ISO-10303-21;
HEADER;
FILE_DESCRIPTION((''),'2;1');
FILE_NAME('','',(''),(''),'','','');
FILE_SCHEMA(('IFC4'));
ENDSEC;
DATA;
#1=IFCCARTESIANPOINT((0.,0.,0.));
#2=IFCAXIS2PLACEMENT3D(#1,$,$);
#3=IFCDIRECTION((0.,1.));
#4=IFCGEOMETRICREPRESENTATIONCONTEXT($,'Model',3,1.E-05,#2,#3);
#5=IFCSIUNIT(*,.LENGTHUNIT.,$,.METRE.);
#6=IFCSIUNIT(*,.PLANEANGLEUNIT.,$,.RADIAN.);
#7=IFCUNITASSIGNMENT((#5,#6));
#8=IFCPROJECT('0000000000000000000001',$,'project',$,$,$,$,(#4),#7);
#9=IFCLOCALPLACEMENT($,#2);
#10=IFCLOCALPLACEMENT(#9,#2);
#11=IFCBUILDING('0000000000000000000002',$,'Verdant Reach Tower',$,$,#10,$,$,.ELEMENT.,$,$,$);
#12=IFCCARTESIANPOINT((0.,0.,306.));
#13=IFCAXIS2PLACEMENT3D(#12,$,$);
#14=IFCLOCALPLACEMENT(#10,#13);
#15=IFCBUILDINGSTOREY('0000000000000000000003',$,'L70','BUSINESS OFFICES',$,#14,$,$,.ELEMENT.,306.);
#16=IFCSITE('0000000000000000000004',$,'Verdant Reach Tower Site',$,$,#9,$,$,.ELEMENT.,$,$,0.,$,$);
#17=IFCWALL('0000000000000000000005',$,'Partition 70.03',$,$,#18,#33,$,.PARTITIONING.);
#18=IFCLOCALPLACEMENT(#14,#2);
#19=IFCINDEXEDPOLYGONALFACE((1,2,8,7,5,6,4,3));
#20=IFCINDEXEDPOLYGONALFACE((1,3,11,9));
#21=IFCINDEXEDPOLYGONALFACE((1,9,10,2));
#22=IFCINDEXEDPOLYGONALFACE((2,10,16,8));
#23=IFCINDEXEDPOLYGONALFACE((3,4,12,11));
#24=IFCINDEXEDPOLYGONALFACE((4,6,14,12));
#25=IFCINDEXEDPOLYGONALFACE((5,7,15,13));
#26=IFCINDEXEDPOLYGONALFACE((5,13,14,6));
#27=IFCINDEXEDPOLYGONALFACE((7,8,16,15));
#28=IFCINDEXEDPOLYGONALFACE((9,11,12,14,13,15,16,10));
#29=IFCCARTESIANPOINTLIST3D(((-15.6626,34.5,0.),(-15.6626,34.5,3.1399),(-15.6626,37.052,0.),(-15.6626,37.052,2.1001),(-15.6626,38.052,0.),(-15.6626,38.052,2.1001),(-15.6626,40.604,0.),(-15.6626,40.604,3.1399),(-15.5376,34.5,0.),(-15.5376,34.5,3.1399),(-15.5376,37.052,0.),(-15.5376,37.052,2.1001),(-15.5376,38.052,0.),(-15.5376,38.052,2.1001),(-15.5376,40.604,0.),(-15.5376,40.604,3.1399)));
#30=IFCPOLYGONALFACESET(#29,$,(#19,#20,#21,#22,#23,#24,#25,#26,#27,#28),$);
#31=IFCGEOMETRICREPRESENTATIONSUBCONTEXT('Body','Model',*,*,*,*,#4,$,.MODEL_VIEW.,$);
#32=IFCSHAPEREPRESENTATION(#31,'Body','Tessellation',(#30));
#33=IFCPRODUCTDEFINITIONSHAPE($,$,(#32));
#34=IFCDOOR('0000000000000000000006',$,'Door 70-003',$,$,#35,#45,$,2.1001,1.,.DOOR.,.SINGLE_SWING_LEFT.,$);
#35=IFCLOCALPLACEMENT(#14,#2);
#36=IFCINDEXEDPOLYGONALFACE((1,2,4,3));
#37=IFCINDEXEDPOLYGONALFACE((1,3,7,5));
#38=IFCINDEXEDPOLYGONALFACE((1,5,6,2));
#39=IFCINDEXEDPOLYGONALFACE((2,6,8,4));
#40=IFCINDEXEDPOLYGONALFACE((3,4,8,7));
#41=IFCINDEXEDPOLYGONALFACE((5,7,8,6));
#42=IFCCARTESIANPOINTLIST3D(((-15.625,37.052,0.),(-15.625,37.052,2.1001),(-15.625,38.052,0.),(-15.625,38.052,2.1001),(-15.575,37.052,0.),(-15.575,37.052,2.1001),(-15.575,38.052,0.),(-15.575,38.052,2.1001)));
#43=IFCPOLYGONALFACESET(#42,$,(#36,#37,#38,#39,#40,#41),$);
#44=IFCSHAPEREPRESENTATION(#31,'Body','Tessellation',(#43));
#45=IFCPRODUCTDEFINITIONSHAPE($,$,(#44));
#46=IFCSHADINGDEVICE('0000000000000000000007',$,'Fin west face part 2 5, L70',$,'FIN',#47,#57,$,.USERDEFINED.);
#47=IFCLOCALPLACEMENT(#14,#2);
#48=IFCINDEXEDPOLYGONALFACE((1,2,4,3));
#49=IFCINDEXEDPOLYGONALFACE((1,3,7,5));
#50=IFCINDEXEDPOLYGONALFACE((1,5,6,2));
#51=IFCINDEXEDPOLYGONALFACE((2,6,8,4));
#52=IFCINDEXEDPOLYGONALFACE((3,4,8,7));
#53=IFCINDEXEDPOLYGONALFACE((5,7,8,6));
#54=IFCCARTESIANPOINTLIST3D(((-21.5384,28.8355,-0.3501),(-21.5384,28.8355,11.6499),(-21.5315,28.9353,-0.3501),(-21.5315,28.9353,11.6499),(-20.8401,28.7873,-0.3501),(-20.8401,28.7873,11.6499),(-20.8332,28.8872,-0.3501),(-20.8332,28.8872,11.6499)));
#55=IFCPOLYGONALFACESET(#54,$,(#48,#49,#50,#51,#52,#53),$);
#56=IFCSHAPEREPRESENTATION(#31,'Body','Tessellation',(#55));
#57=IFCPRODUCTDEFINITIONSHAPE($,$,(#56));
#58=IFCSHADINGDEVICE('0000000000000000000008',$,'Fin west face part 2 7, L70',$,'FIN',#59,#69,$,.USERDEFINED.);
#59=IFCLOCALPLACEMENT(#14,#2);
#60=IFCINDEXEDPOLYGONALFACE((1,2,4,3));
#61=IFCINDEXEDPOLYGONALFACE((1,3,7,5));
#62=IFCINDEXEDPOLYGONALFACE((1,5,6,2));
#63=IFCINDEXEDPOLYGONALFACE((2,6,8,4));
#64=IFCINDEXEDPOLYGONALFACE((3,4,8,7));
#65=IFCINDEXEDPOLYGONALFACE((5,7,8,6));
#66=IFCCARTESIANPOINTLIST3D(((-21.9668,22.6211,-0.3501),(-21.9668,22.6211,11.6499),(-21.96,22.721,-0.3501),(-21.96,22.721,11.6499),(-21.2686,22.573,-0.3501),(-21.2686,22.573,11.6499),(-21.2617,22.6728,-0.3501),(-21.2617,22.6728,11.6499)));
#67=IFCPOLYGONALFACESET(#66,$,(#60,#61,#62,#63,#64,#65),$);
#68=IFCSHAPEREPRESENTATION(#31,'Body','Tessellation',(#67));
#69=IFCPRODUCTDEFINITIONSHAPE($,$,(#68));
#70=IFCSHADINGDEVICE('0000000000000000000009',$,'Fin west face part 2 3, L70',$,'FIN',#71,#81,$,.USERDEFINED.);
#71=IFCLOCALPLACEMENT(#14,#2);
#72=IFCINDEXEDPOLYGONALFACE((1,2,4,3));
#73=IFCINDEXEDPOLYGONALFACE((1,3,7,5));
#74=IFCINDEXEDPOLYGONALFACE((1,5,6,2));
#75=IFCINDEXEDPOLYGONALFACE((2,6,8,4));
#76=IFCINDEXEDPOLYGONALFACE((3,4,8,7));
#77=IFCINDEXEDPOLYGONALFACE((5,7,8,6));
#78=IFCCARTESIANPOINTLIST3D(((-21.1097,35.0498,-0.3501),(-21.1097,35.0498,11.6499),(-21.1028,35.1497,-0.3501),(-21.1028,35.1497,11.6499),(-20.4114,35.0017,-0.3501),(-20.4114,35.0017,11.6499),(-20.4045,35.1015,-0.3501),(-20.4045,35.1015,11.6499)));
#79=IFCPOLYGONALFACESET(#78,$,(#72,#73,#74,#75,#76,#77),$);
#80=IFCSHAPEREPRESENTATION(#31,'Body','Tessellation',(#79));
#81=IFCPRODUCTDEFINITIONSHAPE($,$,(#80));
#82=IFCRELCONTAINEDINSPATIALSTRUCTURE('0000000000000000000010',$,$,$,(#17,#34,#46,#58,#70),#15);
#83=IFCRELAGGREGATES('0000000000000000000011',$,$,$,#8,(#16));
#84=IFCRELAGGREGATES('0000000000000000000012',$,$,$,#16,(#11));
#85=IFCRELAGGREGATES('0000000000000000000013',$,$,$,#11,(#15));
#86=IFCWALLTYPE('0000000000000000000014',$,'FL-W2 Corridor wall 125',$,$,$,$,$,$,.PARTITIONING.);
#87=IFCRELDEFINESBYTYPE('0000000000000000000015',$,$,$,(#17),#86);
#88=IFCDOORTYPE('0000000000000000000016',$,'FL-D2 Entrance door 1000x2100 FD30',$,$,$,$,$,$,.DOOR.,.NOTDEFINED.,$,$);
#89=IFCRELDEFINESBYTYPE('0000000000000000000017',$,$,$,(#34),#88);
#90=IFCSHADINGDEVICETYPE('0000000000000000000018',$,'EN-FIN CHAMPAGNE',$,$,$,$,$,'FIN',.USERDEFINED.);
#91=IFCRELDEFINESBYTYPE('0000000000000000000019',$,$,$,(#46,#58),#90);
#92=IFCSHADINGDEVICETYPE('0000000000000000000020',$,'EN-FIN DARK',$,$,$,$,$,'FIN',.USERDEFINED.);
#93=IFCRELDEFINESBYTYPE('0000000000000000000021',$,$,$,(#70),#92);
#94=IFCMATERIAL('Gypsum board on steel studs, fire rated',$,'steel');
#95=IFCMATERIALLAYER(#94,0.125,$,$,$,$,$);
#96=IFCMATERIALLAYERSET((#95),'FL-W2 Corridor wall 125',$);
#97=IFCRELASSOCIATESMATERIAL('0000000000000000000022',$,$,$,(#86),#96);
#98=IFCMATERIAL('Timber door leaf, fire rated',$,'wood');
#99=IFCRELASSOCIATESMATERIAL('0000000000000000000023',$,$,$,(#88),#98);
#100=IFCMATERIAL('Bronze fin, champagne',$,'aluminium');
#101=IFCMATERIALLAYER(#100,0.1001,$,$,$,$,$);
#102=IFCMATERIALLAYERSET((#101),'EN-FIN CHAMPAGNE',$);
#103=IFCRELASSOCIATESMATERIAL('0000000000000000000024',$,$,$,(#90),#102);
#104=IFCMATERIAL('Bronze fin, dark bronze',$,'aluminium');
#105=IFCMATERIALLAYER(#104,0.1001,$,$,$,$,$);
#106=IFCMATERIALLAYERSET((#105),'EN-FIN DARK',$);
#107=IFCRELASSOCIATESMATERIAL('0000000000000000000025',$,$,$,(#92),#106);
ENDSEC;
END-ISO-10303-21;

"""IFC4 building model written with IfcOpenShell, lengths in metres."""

from ifc_helpers import new_model, si_unit, direction, frame, frame_2d, origin, origin_2d, place, context, subcontext, project, spatial, rectangle, extrude, material, layer, layer_set, type_object, element, fill, save


model = new_model("IFC4")

# Units and contexts
model_context = context("Model", 3, precision=1e-05, world=origin(), true_north=direction((0.0, 1.0)))
body_context = subcontext(model_context, "Body", "Model", "MODEL_VIEW")
ifc_project = project(units=[si_unit("LENGTHUNIT", "METRE"), si_unit("PLANEANGLEUNIT", "RADIAN")], contexts=[model_context])

# Site, building, storey
site_placement = place(None, origin())
site = spatial("IfcSite", under=ifc_project, at=site_placement, Name="Verdant Reach Tower Site", CompositionType="ELEMENT", RefElevation=0.0)
building_placement = place(site_placement, origin())
building = spatial("IfcBuilding", under=site, at=building_placement, Name="Verdant Reach Tower", CompositionType="ELEMENT")
storey_placement = place(building_placement, frame((0.0, 0.0, 306.0)))
storey = spatial("IfcBuildingStorey", under=building, at=storey_placement, Name="L70", Description="BUSINESS OFFICES", CompositionType="ELEMENT", Elevation=306.0)

# Wall, opening, door
ifc_material_1 = material(Name="Gypsum board on steel studs, fire rated", Category="steel")
ifc_layer_1 = layer(ifc_material_1, 0.125)
ifc_layer_set_1 = layer_set([ifc_layer_1], Name="FL-W2 Corridor wall 125")
wall_type_1 = type_object("IfcWallType", Name="FL-W2 Corridor wall 125", PredefinedType="PARTITIONING", material=ifc_layer_set_1)
ifc_material_2 = material(Name="Timber door leaf, fire rated", Category="wood")
door_type = type_object("IfcDoorType", Name="FL-D2 Entrance door 1000x2100 FD30", OperationType="NOTDEFINED", PredefinedType="DOOR", material=ifc_material_2)
wall_1_placement = place(storey_placement, frame((-15.6001, 34.5, 0.0), z_axis=(0.0, 0.0, 1.0), x_axis=(0.0, 1.0, 0.0)))
wall_1 = element("IfcWall", 1, at=wall_1_placement, inside=storey, type_object=wall_type_1, Name="Partition 70.03", PredefinedType="PARTITIONING", context=body_context, shape_type="SweptSolid", body=[
    extrude(rectangle(XDim=6.104, YDim=0.125, at=frame_2d((3.052, 0.0))), origin(), (0.0, 0.0, 1.0), 3.1399),
])
opening_1_placement = place(wall_1_placement, frame((2.552, 0.0, 0.0)))
opening_1 = element("IfcOpeningElement", 2, at=opening_1_placement, cuts=wall_1, PredefinedType="OPENING", context=body_context, shape_type="SweptSolid", body=[
    extrude(rectangle(XDim=1.0, YDim=2.1001, at=frame_2d((0.5, 1.05))), frame((0.0, 0.0725, 0.0), z_axis=(0.0, -1.0, 0.0), x_axis=(1.0, 0.0, 0.0)), (0.0, 0.0, 1.0), 0.145),
])
door_1_placement = place(opening_1_placement, origin())
door_1 = element("IfcDoor", 3, at=door_1_placement, inside=storey, type_object=door_type, Name="Door 70-003", OperationType="SINGLE_SWING_LEFT", OverallHeight=2.1001, OverallWidth=1.0, PredefinedType="DOOR", context=body_context, shape_type="SweptSolid", body=[
    extrude(rectangle(XDim=1.0, YDim=2.1001, at=frame_2d((0.5, 1.05))), frame((0.0, 0.0249, 0.0), z_axis=(0.0, -1.0, 0.0), x_axis=(1.0, 0.0, 0.0)), (0.0, 0.0, 1.0), 0.05),
])
fill(opening_1, door_1)

# Shading devices
ifc_material_3 = material(Name="Bronze fin, champagne", Category="aluminium")
ifc_layer_2 = layer(ifc_material_3, 0.1001)
ifc_layer_set_2 = layer_set([ifc_layer_2], Name="EN-FIN CHAMPAGNE")
shading_device_type_1 = type_object("IfcShadingDeviceType", Name="EN-FIN CHAMPAGNE", ElementType="FIN", PredefinedType="USERDEFINED", material=ifc_layer_set_2)
for number, where, z_axis, x_axis, name in (
    (4, (-21.1858, 28.8613, -0.3501), (0.0, 0.0, 1.0), (-0.068802, -0.99763, 0.0), "Fin west face part 2 5, L70"),
    (5, (-21.6143, 22.647, -0.3501), (0.0, 0.0, 1.0), (-0.068802, -0.99763, 0.0), "Fin west face part 2 7, L70"),
):
    element("IfcShadingDevice", number, at=place(storey_placement, frame(where, z_axis=z_axis, x_axis=x_axis)), inside=storey, type_object=shading_device_type_1, Name=name, ObjectType="FIN", PredefinedType="USERDEFINED", context=body_context, shape_type="SweptSolid", body=[
        extrude(rectangle(XDim=0.1001, YDim=0.7, at=origin_2d()), origin(), (0.0, 0.0, 1.0), 12.0),
    ])
ifc_material_4 = material(Name="Bronze fin, dark bronze", Category="aluminium")
ifc_layer_3 = layer(ifc_material_4, 0.1001)
ifc_layer_set_3 = layer_set([ifc_layer_3], Name="EN-FIN DARK")
shading_device_type_2 = type_object("IfcShadingDeviceType", Name="EN-FIN DARK", ElementType="FIN", PredefinedType="USERDEFINED", material=ifc_layer_set_3)
shading_device_placement = place(storey_placement, frame((-20.7571, 35.0757, -0.3501), z_axis=(0.0, 0.0, 1.0), x_axis=(-0.068802, -0.99763, 0.0)))
element("IfcShadingDevice", 6, at=shading_device_placement, inside=storey, type_object=shading_device_type_2, Name="Fin west face part 2 3, L70", ObjectType="FIN", PredefinedType="USERDEFINED", context=body_context, shape_type="SweptSolid", body=[
    extrude(rectangle(XDim=0.1001, YDim=0.7, at=origin_2d()), origin(), (0.0, 0.0, 1.0), 12.0),
])

save(model, "model.ifc")
